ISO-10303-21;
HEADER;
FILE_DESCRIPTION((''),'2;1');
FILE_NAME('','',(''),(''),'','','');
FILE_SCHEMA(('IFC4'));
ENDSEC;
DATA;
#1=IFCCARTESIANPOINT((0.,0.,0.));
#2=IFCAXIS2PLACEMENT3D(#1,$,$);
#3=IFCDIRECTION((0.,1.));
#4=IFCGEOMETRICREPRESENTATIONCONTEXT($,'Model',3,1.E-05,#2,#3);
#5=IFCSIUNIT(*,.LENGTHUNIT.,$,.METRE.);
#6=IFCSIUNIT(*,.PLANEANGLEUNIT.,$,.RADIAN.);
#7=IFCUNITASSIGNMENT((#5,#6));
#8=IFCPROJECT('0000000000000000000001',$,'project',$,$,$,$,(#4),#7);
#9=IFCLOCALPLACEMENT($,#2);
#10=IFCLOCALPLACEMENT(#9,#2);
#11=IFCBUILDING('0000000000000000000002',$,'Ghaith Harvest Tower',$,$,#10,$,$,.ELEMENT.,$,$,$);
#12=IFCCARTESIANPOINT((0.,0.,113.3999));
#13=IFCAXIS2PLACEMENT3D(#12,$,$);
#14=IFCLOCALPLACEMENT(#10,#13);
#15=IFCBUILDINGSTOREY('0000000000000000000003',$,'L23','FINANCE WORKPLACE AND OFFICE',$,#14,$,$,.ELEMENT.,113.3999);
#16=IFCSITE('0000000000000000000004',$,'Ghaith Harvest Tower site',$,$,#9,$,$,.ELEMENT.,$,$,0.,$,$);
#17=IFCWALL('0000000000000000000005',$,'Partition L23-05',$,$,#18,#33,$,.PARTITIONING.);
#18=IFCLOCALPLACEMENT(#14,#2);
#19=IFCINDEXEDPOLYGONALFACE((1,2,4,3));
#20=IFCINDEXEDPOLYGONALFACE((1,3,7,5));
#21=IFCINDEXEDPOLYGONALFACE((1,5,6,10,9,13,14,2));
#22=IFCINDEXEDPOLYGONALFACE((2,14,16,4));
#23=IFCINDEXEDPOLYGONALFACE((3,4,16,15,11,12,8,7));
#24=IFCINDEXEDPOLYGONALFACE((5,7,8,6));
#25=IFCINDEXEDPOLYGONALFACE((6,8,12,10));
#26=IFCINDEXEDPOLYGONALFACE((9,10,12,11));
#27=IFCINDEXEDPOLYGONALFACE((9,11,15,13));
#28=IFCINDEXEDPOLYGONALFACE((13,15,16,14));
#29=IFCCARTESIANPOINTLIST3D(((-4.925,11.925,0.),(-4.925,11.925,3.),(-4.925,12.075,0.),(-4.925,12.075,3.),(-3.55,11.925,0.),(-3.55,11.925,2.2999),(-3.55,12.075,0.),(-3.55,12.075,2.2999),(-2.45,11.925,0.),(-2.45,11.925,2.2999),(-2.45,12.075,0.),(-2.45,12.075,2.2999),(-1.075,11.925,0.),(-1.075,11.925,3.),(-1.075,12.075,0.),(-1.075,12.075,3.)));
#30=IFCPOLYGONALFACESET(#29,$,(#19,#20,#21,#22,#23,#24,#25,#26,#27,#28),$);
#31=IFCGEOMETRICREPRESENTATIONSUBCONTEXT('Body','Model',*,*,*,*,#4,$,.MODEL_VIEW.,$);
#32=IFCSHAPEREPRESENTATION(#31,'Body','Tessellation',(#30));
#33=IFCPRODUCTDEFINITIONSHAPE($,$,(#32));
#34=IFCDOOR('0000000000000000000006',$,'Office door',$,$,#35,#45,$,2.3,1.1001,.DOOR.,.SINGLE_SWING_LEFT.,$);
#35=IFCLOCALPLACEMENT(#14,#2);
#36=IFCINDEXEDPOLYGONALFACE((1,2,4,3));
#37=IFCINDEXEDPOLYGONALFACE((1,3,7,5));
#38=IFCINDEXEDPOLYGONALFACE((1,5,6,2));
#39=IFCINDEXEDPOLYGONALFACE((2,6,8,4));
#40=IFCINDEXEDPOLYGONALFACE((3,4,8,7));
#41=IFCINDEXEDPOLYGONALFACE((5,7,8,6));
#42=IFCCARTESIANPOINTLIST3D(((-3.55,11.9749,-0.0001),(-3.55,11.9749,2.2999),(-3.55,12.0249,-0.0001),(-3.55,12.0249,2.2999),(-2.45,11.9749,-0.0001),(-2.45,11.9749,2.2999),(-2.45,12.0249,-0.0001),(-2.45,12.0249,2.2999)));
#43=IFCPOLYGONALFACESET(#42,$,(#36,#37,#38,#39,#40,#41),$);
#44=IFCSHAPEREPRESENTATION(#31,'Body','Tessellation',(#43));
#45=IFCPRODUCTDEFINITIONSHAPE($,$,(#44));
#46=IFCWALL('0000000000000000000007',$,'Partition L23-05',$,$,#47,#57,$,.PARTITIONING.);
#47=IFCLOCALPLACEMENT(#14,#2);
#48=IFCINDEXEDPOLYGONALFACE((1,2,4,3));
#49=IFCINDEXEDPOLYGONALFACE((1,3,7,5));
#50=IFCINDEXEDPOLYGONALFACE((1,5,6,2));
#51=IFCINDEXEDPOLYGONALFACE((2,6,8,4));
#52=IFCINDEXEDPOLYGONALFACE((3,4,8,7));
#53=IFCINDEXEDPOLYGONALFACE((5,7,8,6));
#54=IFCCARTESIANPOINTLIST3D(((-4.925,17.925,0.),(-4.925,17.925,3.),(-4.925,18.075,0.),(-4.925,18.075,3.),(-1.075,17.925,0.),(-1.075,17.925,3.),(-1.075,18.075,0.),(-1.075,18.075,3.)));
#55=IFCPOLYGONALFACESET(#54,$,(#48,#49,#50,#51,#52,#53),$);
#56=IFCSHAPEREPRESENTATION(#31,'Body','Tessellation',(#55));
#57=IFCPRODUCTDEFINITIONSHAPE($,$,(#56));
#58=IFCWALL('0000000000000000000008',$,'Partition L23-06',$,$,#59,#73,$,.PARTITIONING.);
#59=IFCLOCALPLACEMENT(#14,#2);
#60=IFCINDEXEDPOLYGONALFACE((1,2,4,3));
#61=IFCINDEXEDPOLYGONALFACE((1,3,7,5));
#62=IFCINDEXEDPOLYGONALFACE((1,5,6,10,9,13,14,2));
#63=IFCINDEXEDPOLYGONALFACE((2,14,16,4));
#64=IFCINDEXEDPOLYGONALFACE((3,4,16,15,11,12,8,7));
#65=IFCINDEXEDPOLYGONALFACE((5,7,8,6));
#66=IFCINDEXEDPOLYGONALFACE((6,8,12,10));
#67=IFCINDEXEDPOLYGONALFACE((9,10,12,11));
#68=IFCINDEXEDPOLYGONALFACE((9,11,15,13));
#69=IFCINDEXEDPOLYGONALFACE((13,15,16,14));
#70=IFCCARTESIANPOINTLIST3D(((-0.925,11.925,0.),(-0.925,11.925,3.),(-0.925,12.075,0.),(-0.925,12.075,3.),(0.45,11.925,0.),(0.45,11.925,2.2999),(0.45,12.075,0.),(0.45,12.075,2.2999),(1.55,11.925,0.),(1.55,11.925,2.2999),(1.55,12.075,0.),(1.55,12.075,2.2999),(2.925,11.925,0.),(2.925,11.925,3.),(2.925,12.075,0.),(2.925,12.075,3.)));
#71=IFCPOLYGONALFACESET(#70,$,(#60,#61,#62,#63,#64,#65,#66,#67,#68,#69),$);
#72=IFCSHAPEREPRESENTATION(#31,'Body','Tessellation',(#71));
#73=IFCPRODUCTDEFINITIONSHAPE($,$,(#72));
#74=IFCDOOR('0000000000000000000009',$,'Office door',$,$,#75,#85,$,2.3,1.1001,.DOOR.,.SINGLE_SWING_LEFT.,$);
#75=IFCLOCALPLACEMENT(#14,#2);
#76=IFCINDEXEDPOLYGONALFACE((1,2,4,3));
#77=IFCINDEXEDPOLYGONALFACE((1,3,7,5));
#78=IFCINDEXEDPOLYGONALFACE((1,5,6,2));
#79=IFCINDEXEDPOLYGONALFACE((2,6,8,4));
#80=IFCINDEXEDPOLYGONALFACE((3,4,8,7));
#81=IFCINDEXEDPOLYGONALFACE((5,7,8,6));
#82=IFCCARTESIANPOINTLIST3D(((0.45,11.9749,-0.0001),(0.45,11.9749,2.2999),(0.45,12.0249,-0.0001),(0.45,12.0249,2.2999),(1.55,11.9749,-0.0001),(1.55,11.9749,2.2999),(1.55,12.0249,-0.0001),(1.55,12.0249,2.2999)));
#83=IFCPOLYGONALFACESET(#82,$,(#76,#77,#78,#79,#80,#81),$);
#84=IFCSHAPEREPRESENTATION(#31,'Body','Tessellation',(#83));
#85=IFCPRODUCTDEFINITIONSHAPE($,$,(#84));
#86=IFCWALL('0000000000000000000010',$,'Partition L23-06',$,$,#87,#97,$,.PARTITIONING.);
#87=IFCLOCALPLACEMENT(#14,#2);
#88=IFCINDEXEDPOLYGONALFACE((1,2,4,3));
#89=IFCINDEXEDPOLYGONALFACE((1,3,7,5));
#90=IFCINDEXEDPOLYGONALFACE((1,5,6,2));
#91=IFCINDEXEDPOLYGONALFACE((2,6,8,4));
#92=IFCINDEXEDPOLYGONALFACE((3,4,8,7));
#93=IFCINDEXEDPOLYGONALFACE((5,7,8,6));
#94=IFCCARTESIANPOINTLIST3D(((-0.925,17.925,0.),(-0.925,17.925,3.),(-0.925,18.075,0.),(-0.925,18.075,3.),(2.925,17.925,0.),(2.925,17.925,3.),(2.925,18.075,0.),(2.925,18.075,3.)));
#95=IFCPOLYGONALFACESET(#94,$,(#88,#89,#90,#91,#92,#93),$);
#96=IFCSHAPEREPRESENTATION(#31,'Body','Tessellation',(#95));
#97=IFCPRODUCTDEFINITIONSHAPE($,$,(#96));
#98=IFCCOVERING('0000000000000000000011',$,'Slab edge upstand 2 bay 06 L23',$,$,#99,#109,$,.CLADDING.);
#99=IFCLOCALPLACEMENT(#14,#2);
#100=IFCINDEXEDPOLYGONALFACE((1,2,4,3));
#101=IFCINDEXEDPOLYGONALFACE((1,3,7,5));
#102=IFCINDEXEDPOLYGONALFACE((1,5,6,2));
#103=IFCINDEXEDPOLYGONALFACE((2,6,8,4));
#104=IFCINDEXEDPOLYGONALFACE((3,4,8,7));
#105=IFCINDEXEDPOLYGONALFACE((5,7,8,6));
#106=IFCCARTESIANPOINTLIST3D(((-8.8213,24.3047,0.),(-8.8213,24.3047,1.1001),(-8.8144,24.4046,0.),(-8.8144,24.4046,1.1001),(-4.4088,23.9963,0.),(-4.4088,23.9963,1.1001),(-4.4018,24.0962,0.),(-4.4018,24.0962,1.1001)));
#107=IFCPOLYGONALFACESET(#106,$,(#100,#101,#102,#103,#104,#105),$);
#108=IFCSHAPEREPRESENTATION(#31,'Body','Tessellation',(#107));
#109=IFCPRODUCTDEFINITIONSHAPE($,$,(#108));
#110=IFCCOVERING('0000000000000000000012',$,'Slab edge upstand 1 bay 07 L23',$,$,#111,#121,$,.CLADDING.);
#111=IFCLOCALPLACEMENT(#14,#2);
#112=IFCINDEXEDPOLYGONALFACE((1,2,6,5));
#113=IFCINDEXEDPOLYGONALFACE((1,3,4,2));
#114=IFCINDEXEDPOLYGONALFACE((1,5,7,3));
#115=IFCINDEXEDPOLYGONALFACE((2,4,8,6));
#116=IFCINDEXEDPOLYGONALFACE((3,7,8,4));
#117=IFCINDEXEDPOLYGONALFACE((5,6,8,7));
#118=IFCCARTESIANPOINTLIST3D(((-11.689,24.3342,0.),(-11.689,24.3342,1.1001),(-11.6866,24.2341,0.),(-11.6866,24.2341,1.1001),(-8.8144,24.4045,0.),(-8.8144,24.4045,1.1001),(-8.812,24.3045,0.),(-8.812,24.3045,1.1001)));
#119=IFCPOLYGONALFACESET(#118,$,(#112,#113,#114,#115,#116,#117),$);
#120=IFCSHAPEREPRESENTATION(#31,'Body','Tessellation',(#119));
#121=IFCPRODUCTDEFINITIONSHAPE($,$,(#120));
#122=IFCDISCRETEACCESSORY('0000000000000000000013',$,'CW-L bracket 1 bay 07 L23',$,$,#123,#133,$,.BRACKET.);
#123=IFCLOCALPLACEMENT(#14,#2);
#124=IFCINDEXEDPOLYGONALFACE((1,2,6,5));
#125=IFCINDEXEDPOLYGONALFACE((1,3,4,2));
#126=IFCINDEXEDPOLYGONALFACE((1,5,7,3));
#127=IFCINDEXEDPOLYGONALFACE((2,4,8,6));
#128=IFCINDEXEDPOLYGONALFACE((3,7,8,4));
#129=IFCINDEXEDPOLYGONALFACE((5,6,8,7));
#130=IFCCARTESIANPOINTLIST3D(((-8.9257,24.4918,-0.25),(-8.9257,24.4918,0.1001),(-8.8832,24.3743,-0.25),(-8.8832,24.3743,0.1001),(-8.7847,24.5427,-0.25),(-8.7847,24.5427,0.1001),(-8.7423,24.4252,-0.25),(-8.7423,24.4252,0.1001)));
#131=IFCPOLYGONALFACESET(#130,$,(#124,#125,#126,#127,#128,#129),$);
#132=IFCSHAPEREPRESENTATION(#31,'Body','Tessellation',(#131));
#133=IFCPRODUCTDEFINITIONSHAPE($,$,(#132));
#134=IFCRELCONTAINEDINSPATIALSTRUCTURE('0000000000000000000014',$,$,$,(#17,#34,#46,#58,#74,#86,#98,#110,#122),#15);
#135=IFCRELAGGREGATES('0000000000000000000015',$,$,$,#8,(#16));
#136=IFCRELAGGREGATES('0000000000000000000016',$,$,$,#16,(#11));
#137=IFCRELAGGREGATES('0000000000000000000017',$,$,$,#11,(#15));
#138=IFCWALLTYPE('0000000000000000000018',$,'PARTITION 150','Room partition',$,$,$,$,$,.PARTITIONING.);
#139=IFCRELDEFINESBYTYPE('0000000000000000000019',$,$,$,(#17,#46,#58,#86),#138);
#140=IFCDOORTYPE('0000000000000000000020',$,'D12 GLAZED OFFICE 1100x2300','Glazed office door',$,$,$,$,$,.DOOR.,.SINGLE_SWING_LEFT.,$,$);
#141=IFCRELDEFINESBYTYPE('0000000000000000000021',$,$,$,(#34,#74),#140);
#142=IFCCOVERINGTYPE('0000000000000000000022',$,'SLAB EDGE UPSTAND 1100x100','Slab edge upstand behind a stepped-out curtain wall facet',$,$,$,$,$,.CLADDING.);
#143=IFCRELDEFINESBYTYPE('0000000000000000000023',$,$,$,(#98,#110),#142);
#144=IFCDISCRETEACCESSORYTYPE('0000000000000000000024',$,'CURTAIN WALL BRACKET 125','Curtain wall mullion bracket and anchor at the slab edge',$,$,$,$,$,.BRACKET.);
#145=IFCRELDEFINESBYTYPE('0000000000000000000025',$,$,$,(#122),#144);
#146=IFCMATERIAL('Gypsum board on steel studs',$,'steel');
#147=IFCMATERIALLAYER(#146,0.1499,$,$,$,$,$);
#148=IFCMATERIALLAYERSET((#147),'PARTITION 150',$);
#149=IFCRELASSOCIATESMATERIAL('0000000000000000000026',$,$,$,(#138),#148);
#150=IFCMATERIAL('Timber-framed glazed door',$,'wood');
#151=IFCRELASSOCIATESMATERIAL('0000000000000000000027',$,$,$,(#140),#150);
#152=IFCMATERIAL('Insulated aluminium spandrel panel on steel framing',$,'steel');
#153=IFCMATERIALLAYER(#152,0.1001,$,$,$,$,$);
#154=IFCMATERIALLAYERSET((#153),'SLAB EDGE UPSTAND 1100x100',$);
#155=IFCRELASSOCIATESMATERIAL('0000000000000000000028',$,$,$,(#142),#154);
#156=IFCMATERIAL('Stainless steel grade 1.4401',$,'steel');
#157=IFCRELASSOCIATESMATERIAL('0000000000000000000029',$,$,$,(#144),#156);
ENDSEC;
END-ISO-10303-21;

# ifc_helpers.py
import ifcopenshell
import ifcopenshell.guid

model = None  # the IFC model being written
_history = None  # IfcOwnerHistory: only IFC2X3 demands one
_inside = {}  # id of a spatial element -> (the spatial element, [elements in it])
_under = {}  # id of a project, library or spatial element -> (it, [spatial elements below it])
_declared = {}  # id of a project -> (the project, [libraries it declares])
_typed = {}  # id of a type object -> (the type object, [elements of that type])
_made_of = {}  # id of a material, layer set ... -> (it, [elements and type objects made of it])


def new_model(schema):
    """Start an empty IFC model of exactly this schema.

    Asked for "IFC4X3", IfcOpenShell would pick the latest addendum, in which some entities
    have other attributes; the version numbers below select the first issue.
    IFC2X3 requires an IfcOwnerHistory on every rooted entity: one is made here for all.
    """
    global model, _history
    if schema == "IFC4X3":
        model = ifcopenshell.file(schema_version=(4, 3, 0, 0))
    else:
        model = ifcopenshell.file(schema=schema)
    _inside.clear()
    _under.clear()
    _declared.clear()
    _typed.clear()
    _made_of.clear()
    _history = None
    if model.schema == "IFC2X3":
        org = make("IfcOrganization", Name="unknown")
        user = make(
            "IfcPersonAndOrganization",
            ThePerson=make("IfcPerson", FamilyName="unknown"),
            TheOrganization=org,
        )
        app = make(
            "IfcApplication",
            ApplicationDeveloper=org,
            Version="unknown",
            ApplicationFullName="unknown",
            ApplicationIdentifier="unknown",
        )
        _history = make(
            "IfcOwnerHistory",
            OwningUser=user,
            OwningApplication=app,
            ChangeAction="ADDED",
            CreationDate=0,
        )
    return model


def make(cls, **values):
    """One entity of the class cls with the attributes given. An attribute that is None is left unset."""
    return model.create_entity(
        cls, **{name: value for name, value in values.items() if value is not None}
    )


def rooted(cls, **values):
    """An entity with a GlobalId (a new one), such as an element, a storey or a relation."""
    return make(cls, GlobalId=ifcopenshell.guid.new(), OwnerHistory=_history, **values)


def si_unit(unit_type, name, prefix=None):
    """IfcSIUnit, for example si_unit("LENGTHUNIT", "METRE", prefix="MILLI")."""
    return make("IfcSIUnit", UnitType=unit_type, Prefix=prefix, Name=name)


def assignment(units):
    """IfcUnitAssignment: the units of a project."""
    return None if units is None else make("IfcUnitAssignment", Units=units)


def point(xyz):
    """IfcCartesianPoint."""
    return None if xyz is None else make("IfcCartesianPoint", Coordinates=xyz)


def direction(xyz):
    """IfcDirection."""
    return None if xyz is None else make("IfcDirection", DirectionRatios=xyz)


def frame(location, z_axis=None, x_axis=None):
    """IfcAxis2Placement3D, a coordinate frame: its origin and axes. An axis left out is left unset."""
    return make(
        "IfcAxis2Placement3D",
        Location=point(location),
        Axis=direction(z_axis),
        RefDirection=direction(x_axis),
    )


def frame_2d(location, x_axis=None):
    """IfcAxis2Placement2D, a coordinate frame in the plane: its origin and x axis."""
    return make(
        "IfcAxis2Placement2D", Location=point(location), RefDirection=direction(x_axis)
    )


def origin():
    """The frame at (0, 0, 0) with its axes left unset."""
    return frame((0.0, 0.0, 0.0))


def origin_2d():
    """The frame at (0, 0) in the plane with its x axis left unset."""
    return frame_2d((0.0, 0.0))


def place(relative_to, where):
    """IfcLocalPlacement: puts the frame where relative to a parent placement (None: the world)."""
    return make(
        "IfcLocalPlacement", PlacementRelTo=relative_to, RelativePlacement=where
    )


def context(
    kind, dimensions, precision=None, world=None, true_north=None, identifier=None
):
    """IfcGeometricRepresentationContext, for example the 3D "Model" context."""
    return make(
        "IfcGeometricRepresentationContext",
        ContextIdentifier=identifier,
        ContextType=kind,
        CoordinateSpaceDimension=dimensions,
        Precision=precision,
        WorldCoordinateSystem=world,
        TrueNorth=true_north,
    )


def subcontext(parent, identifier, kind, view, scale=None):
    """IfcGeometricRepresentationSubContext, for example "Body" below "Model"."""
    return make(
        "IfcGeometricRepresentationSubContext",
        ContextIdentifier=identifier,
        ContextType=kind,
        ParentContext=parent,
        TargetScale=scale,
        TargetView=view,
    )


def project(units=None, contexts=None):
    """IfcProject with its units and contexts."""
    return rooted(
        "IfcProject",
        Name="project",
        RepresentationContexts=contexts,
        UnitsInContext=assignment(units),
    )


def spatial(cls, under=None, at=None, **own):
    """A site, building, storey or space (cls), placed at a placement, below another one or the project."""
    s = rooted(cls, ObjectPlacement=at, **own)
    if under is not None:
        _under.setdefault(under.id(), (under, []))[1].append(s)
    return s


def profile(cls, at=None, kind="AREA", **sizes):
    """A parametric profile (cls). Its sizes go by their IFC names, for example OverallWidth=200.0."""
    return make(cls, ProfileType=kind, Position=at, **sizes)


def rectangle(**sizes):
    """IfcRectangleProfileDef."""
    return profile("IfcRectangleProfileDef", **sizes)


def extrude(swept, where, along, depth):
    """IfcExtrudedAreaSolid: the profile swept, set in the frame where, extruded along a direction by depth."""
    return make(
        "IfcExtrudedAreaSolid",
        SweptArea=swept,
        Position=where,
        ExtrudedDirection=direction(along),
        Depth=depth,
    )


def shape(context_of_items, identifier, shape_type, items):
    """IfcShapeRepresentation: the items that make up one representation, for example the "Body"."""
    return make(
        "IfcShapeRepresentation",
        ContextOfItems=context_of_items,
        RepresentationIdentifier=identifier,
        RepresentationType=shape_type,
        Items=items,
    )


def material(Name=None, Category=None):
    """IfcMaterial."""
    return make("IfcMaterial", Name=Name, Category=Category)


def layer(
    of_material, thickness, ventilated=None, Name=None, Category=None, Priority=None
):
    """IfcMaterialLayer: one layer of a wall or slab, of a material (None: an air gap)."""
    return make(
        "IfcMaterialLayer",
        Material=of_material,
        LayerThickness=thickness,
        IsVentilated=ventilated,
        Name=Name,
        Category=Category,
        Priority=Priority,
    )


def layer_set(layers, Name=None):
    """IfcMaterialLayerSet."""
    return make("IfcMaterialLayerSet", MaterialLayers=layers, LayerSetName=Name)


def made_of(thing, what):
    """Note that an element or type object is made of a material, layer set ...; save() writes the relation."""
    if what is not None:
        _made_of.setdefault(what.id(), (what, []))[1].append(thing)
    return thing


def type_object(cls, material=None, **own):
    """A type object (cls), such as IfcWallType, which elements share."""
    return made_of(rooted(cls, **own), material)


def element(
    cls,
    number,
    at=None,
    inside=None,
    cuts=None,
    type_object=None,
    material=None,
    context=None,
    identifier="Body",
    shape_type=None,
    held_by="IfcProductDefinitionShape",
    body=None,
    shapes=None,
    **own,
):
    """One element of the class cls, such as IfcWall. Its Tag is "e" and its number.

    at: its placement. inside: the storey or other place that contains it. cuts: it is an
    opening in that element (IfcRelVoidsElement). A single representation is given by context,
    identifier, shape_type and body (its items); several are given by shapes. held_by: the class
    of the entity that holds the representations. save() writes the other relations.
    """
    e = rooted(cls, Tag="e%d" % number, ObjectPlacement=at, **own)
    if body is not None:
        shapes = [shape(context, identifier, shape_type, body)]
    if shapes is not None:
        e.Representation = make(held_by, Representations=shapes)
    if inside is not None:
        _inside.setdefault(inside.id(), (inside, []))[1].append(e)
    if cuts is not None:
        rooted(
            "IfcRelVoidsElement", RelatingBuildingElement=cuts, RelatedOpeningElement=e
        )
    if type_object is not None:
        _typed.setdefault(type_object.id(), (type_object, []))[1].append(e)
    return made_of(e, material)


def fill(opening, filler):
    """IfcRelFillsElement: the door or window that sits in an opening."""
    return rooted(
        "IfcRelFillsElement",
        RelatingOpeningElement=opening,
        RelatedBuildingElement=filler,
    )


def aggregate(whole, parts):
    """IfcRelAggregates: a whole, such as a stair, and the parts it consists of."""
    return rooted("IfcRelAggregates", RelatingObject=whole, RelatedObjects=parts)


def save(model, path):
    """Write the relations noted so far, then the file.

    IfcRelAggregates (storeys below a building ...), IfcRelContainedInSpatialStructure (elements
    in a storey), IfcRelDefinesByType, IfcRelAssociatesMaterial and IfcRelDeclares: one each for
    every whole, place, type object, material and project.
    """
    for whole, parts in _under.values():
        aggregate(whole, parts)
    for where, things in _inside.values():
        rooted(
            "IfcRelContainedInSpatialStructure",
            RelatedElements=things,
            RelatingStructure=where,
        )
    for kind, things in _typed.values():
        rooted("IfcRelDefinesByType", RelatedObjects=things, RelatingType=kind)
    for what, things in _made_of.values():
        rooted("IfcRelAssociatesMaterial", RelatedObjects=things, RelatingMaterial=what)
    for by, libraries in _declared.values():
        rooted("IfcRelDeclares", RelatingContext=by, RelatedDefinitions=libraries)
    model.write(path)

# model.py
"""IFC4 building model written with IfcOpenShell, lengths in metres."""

from ifc_helpers import new_model, si_unit, direction, frame, frame_2d, origin, origin_2d, place, context, subcontext, project, spatial, rectangle, extrude, material, layer, layer_set, type_object, element, fill, save


model = new_model("IFC4")

# Units and contexts
model_context = context("Model", 3, precision=1e-05, world=origin(), true_north=direction((0.0, 1.0)))
body_context = subcontext(model_context, "Body", "Model", "MODEL_VIEW")
ifc_project = project(units=[si_unit("LENGTHUNIT", "METRE"), si_unit("PLANEANGLEUNIT", "RADIAN")], contexts=[model_context])

# Site, building, storey
site_placement = place(None, origin())
site = spatial("IfcSite", under=ifc_project, at=site_placement, Name="Ghaith Harvest Tower site", CompositionType="ELEMENT", RefElevation=0.0)
building_placement = place(site_placement, origin())
building = spatial("IfcBuilding", under=site, at=building_placement, Name="Ghaith Harvest Tower", CompositionType="ELEMENT")
storey_placement = place(building_placement, frame((0.0, 0.0, 113.3999)))
storey = spatial("IfcBuildingStorey", under=building, at=storey_placement, Name="L23", Description="FINANCE WORKPLACE AND OFFICE", CompositionType="ELEMENT", Elevation=113.3999)

# Shared definitions
ifc_material_1 = material(Name="Gypsum board on steel studs", Category="steel")
ifc_layer_1 = layer(ifc_material_1, 0.1499)
ifc_layer_set_1 = layer_set([ifc_layer_1], Name="PARTITION 150")
wall_type = type_object("IfcWallType", Name="PARTITION 150", Description="Room partition", PredefinedType="PARTITIONING", material=ifc_layer_set_1)

# Shared definitions
ifc_material_2 = material(Name="Timber-framed glazed door", Category="wood")
door_type = type_object("IfcDoorType", Name="D12 GLAZED OFFICE 1100x2300", Description="Glazed office door", OperationType="SINGLE_SWING_LEFT", PredefinedType="DOOR", material=ifc_material_2)

# Wall, opening, door
wall_1_placement = place(storey_placement, frame((-4.925, 12.0, 0.0), z_axis=(0.0, 0.0, 1.0), x_axis=(1.0, 0.0, 0.0)))
wall_1 = element("IfcWall", 1, at=wall_1_placement, inside=storey, type_object=wall_type, Name="Partition L23-05", PredefinedType="PARTITIONING", context=body_context, shape_type="SweptSolid", body=[
    extrude(rectangle(XDim=3.8501, YDim=0.1499, at=frame_2d((1.925, 0.0))), origin(), (0.0, 0.0, 1.0), 3.0),
])
opening_1_placement = place(wall_1_placement, frame((1.375, 0.0, 0.0)))
opening_1 = element("IfcOpeningElement", 2, at=opening_1_placement, cuts=wall_1, PredefinedType="OPENING", context=body_context, shape_type="SweptSolid", body=[
    extrude(rectangle(XDim=1.1001, YDim=2.3, at=frame_2d((0.55, 1.1499))), frame((0.0, 0.085, 0.0), z_axis=(0.0, -1.0, 0.0), x_axis=(1.0, 0.0, 0.0)), (0.0, 0.0, 1.0), 0.1699),
])
door_1_placement = place(opening_1_placement, origin())
door_1 = element("IfcDoor", 3, at=door_1_placement, inside=storey, type_object=door_type, Name="Office door", OperationType="SINGLE_SWING_LEFT", OverallHeight=2.3, OverallWidth=1.1001, PredefinedType="DOOR", context=body_context, shape_type="SweptSolid", body=[
    extrude(rectangle(XDim=1.1001, YDim=2.3, at=frame_2d((0.55, 1.1499))), frame((0.0, 0.0249, 0.0), z_axis=(0.0, -1.0, 0.0), x_axis=(1.0, 0.0, 0.0)), (0.0, 0.0, 1.0), 0.05),
])
fill(opening_1, door_1)

# Wall
wall_2_placement = place(storey_placement, frame((-4.925, 18.0, 0.0), z_axis=(0.0, 0.0, 1.0), x_axis=(1.0, 0.0, 0.0)))
element("IfcWall", 4, at=wall_2_placement, inside=storey, type_object=wall_type, Name="Partition L23-05", PredefinedType="PARTITIONING", context=body_context, shape_type="SweptSolid", body=[
    extrude(rectangle(XDim=3.8501, YDim=0.1499, at=frame_2d((1.925, 0.0))), origin(), (0.0, 0.0, 1.0), 3.0),
])

# Wall, opening, door
wall_3_placement = place(storey_placement, frame((-0.925, 12.0, 0.0), z_axis=(0.0, 0.0, 1.0), x_axis=(1.0, 0.0, 0.0)))
wall_3 = element("IfcWall", 5, at=wall_3_placement, inside=storey, type_object=wall_type, Name="Partition L23-06", PredefinedType="PARTITIONING", context=body_context, shape_type="SweptSolid", body=[
    extrude(rectangle(XDim=3.8501, YDim=0.1499, at=frame_2d((1.925, 0.0))), origin(), (0.0, 0.0, 1.0), 3.0),
])
opening_2_placement = place(wall_3_placement, frame((1.375, 0.0, 0.0)))
opening_2 = element("IfcOpeningElement", 6, at=opening_2_placement, cuts=wall_3, PredefinedType="OPENING", context=body_context, shape_type="SweptSolid", body=[
    extrude(rectangle(XDim=1.1001, YDim=2.3, at=frame_2d((0.55, 1.1499))), frame((0.0, 0.085, 0.0), z_axis=(0.0, -1.0, 0.0), x_axis=(1.0, 0.0, 0.0)), (0.0, 0.0, 1.0), 0.1699),
])
door_2_placement = place(opening_2_placement, origin())
door_2 = element("IfcDoor", 7, at=door_2_placement, inside=storey, type_object=door_type, Name="Office door", OperationType="SINGLE_SWING_LEFT", OverallHeight=2.3, OverallWidth=1.1001, PredefinedType="DOOR", context=body_context, shape_type="SweptSolid", body=[
    extrude(rectangle(XDim=1.1001, YDim=2.3, at=frame_2d((0.55, 1.1499))), frame((0.0, 0.0249, 0.0), z_axis=(0.0, -1.0, 0.0), x_axis=(1.0, 0.0, 0.0)), (0.0, 0.0, 1.0), 0.05),
])
fill(opening_2, door_2)

# Wall
wall_4_placement = place(storey_placement, frame((-0.925, 18.0, 0.0), z_axis=(0.0, 0.0, 1.0), x_axis=(1.0, 0.0, 0.0)))
element("IfcWall", 8, at=wall_4_placement, inside=storey, type_object=wall_type, Name="Partition L23-06", PredefinedType="PARTITIONING", context=body_context, shape_type="SweptSolid", body=[
    extrude(rectangle(XDim=3.8501, YDim=0.1499, at=frame_2d((1.925, 0.0))), origin(), (0.0, 0.0, 1.0), 3.0),
])

# Coverings
ifc_material_3 = material(Name="Insulated aluminium spandrel panel on steel framing", Category="steel")
ifc_layer_2 = layer(ifc_material_3, 0.1001)
ifc_layer_set_2 = layer_set([ifc_layer_2], Name="SLAB EDGE UPSTAND 1100x100")
covering_type = type_object("IfcCoveringType", Name="SLAB EDGE UPSTAND 1100x100", Description="Slab edge upstand behind a stepped-out curtain wall facet", PredefinedType="CLADDING", material=ifc_layer_set_2)
covering_1_placement = place(storey_placement, frame((-6.6116, 24.2004, 0.0), z_axis=(0.0, 0.0, 1.0), x_axis=(-0.997566, 0.069726, 0.0)))
element("IfcCovering", 9, at=covering_1_placement, inside=storey, type_object=covering_type, Name="Slab edge upstand 2 bay 06 L23", PredefinedType="CLADDING", context=body_context, shape_type="SweptSolid", body=[
    extrude(rectangle(XDim=4.4233, YDim=0.1001, at=origin_2d()), origin(), (0.0, 0.0, 1.0), 1.1001),
])
covering_2_placement = place(storey_placement, frame((-10.2505, 24.3193, 0.0), z_axis=(0.0, 0.0, 1.0), x_axis=(-0.999701, -0.024458, 0.0)))
element("IfcCovering", 10, at=covering_2_placement, inside=storey, type_object=covering_type, Name="Slab edge upstand 1 bay 07 L23", PredefinedType="CLADDING", context=body_context, shape_type="SweptSolid", body=[
    extrude(rectangle(XDim=2.8755, YDim=0.1001, at=origin_2d()), origin(), (0.0, 0.0, 1.0), 1.1001),
])

# Discrete accessory
ifc_material_4 = material(Name="Stainless steel grade 1.4401", Category="steel")
discrete_accessory_type = type_object("IfcDiscreteAccessoryType", Name="CURTAIN WALL BRACKET 125", Description="Curtain wall mullion bracket and anchor at the slab edge", PredefinedType="BRACKET", material=ifc_material_4)
discrete_accessory_placement = place(storey_placement, frame((-8.834, 24.4585, -0.25), z_axis=(0.0, 0.0, 1.0), x_axis=(-0.339699, 0.940534, 0.0)))
element("IfcDiscreteAccessory", 11, at=discrete_accessory_placement, inside=storey, type_object=discrete_accessory_type, Name="CW-L bracket 1 bay 07 L23", PredefinedType="BRACKET", context=body_context, shape_type="SweptSolid", body=[
    extrude(rectangle(XDim=0.125, YDim=0.1499, at=origin_2d()), origin(), (0.0, 0.0, 1.0), 0.3501),
])

save(model, "model.ifc")
